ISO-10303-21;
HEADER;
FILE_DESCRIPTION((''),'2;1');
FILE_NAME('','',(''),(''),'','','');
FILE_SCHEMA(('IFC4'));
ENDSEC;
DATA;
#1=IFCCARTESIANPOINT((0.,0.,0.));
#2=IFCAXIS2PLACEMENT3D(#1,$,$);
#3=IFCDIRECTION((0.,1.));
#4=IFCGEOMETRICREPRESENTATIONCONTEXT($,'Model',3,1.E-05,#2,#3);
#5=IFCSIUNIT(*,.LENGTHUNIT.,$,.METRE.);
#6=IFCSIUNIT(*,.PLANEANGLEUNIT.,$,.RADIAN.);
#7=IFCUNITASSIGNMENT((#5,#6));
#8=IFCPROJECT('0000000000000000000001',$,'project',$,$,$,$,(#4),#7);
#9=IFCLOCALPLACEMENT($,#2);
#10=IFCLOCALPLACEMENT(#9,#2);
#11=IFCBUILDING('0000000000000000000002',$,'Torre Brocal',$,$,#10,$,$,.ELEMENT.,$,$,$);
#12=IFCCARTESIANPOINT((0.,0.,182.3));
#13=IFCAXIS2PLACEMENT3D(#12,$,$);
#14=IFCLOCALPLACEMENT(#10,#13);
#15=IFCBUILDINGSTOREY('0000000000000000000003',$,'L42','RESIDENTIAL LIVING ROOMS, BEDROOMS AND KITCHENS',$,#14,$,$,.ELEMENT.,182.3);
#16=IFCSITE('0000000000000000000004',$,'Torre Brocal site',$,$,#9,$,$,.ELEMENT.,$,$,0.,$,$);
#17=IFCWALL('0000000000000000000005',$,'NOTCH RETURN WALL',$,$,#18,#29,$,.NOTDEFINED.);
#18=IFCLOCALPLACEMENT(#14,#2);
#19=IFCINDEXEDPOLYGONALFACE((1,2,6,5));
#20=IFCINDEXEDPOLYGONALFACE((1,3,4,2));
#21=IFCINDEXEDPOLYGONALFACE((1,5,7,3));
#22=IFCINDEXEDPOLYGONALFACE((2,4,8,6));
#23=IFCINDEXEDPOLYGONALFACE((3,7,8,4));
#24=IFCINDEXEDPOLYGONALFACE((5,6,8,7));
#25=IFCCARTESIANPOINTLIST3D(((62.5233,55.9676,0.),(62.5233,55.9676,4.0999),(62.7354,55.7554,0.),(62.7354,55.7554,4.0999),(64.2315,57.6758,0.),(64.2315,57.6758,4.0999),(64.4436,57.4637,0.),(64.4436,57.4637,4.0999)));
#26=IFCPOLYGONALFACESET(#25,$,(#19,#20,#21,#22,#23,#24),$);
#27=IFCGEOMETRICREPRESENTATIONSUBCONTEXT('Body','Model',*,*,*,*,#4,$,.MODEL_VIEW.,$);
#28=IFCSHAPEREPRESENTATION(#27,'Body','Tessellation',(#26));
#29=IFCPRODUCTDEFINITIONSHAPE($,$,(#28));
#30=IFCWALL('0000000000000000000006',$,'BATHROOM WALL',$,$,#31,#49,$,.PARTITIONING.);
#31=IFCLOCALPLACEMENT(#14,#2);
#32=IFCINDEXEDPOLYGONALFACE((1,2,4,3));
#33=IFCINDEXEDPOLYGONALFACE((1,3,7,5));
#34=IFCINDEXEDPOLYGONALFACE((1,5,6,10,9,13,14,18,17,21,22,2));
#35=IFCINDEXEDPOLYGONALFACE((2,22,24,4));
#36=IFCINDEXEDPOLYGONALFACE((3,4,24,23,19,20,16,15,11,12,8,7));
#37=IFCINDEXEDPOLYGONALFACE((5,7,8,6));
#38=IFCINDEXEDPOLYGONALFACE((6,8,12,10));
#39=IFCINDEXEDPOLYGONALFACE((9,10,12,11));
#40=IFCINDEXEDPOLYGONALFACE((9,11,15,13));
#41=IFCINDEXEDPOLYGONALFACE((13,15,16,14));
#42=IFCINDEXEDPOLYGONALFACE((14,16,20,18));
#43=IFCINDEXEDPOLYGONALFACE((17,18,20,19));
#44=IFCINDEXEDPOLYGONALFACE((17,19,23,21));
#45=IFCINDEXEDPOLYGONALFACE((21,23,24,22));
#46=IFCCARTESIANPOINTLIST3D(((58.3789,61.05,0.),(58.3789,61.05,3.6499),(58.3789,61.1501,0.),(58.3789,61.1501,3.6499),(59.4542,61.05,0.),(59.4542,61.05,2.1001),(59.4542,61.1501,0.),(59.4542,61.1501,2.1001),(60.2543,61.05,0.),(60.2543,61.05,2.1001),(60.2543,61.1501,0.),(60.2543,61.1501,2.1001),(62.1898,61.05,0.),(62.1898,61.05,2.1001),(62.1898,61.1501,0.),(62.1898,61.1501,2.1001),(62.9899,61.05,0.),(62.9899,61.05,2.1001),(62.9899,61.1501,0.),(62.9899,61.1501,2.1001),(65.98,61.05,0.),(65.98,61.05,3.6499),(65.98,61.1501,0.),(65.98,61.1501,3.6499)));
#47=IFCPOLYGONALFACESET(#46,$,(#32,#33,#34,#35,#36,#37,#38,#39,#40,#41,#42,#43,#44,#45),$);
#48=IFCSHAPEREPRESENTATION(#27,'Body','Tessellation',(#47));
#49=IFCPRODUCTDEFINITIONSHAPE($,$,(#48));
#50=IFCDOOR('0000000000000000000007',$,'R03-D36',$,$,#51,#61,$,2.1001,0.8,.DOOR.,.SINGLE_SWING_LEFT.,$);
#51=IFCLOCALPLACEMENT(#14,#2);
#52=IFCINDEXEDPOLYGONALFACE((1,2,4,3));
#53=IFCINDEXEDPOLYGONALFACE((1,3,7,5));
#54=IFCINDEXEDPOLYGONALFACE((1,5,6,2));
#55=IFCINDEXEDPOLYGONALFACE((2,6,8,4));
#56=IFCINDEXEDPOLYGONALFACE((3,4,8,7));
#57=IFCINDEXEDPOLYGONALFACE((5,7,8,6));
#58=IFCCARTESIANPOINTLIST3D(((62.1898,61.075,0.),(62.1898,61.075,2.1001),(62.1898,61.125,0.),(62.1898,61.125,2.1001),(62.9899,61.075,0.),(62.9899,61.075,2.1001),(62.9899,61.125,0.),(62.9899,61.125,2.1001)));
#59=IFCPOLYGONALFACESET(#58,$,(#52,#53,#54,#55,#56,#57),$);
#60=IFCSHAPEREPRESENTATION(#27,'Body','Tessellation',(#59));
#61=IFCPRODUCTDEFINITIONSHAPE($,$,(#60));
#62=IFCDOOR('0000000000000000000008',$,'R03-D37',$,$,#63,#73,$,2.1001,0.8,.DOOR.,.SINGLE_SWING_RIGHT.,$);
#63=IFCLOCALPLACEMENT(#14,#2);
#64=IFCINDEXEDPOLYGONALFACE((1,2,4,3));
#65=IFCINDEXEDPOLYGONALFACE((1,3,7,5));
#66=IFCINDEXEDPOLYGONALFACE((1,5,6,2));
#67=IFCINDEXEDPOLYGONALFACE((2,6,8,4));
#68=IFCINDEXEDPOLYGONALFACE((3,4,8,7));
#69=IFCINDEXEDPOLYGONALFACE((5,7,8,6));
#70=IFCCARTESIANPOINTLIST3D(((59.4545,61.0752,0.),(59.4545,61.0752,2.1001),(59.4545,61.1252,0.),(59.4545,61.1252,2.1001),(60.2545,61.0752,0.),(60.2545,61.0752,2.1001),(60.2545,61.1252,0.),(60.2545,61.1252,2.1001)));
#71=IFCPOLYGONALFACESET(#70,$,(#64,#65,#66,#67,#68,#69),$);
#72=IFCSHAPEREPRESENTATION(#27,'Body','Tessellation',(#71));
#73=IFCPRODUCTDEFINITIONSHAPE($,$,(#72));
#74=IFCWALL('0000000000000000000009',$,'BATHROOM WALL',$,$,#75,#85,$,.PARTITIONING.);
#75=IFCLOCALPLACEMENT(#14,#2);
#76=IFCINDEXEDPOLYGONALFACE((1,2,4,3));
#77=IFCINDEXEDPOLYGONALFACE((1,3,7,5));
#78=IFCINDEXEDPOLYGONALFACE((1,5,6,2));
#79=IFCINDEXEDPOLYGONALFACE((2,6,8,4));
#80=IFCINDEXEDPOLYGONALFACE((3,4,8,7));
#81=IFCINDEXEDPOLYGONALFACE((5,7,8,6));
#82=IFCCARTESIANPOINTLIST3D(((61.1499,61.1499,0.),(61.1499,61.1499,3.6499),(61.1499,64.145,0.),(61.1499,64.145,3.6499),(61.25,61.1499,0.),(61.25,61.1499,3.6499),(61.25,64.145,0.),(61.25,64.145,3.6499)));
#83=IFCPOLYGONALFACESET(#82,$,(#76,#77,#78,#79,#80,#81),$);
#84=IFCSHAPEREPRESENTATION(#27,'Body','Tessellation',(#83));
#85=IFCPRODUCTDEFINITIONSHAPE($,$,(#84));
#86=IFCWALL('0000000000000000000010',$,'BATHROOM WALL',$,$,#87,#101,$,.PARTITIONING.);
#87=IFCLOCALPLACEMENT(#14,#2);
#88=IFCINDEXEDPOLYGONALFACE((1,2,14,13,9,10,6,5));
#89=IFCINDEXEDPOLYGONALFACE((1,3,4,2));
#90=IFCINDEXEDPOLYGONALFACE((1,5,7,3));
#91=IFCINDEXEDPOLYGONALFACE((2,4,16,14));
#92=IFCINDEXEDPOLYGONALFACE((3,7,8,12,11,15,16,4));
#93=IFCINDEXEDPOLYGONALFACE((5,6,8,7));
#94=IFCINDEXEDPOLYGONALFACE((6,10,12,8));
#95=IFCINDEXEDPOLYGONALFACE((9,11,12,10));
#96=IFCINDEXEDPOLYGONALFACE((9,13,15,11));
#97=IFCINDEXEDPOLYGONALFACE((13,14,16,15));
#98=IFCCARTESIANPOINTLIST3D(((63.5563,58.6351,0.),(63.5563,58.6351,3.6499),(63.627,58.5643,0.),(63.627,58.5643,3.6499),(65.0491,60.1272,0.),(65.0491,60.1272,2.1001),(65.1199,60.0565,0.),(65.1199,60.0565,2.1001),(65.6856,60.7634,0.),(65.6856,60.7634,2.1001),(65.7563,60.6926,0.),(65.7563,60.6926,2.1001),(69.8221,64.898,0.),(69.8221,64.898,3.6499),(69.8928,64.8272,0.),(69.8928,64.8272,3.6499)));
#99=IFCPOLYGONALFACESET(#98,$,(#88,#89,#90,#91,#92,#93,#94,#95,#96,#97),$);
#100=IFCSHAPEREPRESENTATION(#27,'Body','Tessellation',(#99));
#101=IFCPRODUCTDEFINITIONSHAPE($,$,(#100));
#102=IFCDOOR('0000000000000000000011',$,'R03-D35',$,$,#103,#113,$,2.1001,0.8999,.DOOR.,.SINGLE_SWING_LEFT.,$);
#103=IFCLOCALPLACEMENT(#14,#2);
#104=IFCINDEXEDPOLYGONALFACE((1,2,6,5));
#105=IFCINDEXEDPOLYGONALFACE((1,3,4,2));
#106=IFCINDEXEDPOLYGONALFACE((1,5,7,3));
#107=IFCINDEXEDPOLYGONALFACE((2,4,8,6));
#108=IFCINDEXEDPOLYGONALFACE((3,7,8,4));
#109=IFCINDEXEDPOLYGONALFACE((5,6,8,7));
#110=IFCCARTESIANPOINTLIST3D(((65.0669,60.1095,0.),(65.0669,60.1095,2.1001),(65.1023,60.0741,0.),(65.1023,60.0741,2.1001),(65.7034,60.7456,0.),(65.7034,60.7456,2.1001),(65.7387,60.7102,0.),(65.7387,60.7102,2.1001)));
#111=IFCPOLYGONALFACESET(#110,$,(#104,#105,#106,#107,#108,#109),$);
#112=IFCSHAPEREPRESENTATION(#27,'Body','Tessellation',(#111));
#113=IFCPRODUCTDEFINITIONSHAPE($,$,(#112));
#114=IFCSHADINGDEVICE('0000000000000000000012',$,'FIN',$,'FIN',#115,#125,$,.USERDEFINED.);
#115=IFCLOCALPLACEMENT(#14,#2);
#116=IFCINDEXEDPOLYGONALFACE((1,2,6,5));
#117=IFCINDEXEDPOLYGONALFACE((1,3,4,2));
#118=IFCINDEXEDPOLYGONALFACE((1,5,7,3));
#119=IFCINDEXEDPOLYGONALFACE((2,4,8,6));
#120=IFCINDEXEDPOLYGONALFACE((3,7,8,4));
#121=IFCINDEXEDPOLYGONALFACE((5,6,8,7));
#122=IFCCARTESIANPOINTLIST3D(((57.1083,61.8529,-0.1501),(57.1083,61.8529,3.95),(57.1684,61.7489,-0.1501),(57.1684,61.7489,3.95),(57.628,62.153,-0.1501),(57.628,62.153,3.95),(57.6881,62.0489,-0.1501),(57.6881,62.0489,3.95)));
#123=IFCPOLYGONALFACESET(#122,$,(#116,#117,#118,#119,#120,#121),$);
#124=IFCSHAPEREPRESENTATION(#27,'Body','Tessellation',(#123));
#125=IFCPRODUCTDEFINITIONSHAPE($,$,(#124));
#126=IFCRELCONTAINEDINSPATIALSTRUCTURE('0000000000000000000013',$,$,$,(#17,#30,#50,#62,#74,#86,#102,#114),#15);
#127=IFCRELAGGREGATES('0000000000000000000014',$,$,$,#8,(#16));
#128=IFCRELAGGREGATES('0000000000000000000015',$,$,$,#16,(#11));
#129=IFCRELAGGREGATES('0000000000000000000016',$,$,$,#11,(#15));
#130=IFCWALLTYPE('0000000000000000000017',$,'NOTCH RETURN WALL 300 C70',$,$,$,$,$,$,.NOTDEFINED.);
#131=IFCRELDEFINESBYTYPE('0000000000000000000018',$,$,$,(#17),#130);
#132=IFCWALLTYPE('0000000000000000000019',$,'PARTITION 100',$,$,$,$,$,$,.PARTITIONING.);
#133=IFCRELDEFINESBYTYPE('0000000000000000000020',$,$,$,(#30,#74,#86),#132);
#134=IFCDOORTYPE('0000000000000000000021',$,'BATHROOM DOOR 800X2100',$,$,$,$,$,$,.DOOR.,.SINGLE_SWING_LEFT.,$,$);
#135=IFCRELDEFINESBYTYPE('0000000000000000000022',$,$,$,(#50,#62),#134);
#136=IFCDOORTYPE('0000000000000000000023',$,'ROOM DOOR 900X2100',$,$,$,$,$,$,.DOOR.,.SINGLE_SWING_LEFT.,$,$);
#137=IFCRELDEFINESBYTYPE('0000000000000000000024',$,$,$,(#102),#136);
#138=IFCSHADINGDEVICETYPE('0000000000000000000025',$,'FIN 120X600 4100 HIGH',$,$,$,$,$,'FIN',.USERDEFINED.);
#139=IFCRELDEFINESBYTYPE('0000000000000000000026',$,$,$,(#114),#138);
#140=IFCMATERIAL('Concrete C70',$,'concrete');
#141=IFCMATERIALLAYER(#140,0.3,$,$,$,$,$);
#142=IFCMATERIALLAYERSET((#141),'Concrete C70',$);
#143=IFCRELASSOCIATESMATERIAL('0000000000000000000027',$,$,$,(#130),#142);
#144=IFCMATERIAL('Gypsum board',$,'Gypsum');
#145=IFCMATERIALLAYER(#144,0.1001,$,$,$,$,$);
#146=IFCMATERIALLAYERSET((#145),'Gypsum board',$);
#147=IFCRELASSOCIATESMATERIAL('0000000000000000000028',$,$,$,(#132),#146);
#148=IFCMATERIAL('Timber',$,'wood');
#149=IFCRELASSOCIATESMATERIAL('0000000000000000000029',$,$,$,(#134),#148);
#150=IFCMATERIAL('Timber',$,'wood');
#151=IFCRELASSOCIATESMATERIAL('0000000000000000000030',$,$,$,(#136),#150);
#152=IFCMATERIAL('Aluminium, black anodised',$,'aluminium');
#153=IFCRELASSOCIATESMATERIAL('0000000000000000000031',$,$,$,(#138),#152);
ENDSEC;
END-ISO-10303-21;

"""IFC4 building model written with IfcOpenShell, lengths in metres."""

from ifc_helpers import new_model, si_unit, direction, frame, frame_2d, origin, origin_2d, place, context, subcontext, project, spatial, rectangle, extrude, material, layer, layer_set, material_profile, profile_set, type_object, element, fill, save


model = new_model("IFC4")

# Units and contexts
model_context = context("Model", 3, precision=1e-05, world=origin(), true_north=direction((0.0, 1.0)))
body_context = subcontext(model_context, "Body", "Model", "MODEL_VIEW")
ifc_project = project(units=[si_unit("LENGTHUNIT", "METRE"), si_unit("PLANEANGLEUNIT", "RADIAN")], contexts=[model_context])

# Site, building, storey
site_placement = place(None, origin())
site = spatial("IfcSite", under=ifc_project, at=site_placement, Name="Torre Brocal site", CompositionType="ELEMENT", RefElevation=0.0)
building_placement = place(site_placement, origin())
building = spatial("IfcBuilding", under=site, at=building_placement, Name="Torre Brocal", CompositionType="ELEMENT")
storey_placement = place(building_placement, frame((0.0, 0.0, 182.3)))
storey = spatial("IfcBuildingStorey", under=building, at=storey_placement, Name="L42", Description="RESIDENTIAL LIVING ROOMS, BEDROOMS AND KITCHENS", CompositionType="ELEMENT", Elevation=182.3)

# Wall
ifc_material_1 = material(Name="Concrete C70", Category="concrete")
ifc_layer_1 = layer(ifc_material_1, 0.3)
ifc_layer_set_1 = layer_set([ifc_layer_1], Name="Concrete C70")
wall_type_1 = type_object("IfcWallType", Name="NOTCH RETURN WALL 300 C70", PredefinedType="NOTDEFINED", material=ifc_layer_set_1)
for number, where, z_axis, x_axis, name in (
    (1, (64.3376, 57.5698, 0.0), (0.0, 0.0, 1.0), (-0.707107, -0.707107, 0.0), "NOTCH RETURN WALL"),
):
    element("IfcWall", number, at=place(storey_placement, frame(where, z_axis=z_axis, x_axis=x_axis)), inside=storey, type_object=wall_type_1, Name=name, PredefinedType="NOTDEFINED", context=body_context, shape_type="SweptSolid", body=[
        extrude(rectangle(XDim=2.4158, YDim=0.3, at=frame_2d((1.208, 0.0))), origin(), (0.0, 0.0, 1.0), 4.0999),
    ])

# Wall, openings, doors
ifc_material_2 = material(Name="Gypsum board", Category="Gypsum")
ifc_layer_2 = layer(ifc_material_2, 0.1001)
ifc_layer_set_2 = layer_set([ifc_layer_2], Name="Gypsum board")
wall_type_2 = type_object("IfcWallType", Name="PARTITION 100", PredefinedType="PARTITIONING", material=ifc_layer_set_2)
wall_1_placement = place(storey_placement, frame((58.3789, 61.1001, 0.0), z_axis=(0.0, 0.0, 1.0), x_axis=(1.0, 0.0, 0.0)))
wall_1 = element("IfcWall", 2, at=wall_1_placement, inside=storey, type_object=wall_type_2, Name="BATHROOM WALL", PredefinedType="PARTITIONING", context=body_context, shape_type="SweptSolid", body=[
    extrude(rectangle(XDim=7.6011, YDim=0.1001, at=frame_2d((3.8005, 0.0))), origin(), (0.0, 0.0, 1.0), 3.6499),
])
opening_1_placement = place(wall_1_placement, frame((3.811, 0.0, 0.0)))
opening_1 = element("IfcOpeningElement", 3, at=opening_1_placement, cuts=wall_1, PredefinedType="OPENING", context=body_context, shape_type="SweptSolid", body=[
    extrude(rectangle(XDim=0.8, YDim=2.1001, at=frame_2d((0.3999, 1.05))), frame((0.0, 0.0601, 0.0), z_axis=(0.0, -1.0, 0.0), x_axis=(1.0, 0.0, 0.0)), (0.0, 0.0, 1.0), 0.1201),
])
opening_2_placement = place(wall_1_placement, frame((1.0754, 0.0, 0.0)))
opening_2 = element("IfcOpeningElement", 4, at=opening_2_placement, cuts=wall_1, PredefinedType="OPENING", context=body_context, shape_type="SweptSolid", body=[
    extrude(rectangle(XDim=0.8, YDim=2.1001, at=frame_2d((0.3999, 1.05))), frame((0.0, 0.0601, 0.0), z_axis=(0.0, -1.0, 0.0), x_axis=(1.0, 0.0, 0.0)), (0.0, 0.0, 1.0), 0.1201),
])
ifc_material_3 = material(Name="Timber", Category="wood")
door_type_1 = type_object("IfcDoorType", Name="BATHROOM DOOR 800X2100", OperationType="SINGLE_SWING_LEFT", PredefinedType="DOOR", material=ifc_material_3)
door_1_placement = place(opening_1_placement, origin())
door_1 = element("IfcDoor", 5, at=door_1_placement, inside=storey, type_object=door_type_1, Name="R03-D36", OperationType="SINGLE_SWING_LEFT", OverallHeight=2.1001, OverallWidth=0.8, PredefinedType="DOOR", context=body_context, shape_type="SweptSolid", body=[
    extrude(rectangle(XDim=0.8, YDim=2.1001, at=frame_2d((0.3999, 1.05))), frame((0.0, 0.0249, 0.0), z_axis=(0.0, -1.0, 0.0), x_axis=(1.0, 0.0, 0.0)), (0.0, 0.0, 1.0), 0.05),
])
fill(opening_1, door_1)
door_2_placement = place(opening_2_placement, frame((0.8, 0.0, 0.0), z_axis=(0.0, 0.0, 1.0), x_axis=(-1.0, 0.0, 0.0)))
door_2 = element("IfcDoor", 6, at=door_2_placement, inside=storey, type_object=door_type_1, Name="R03-D37", OperationType="SINGLE_SWING_RIGHT", OverallHeight=2.1001, OverallWidth=0.8, PredefinedType="DOOR", context=body_context, shape_type="SweptSolid", body=[
    extrude(rectangle(XDim=0.8, YDim=2.1001, at=frame_2d((0.3999, 1.05))), frame((0.0, 0.0249, 0.0), z_axis=(0.0, -1.0, 0.0), x_axis=(1.0, 0.0, 0.0)), (0.0, 0.0, 1.0), 0.05),
])
fill(opening_2, door_2)

# Wall
wall_2_placement = place(storey_placement, frame((61.2, 61.1499, 0.0), z_axis=(0.0, 0.0, 1.0), x_axis=(0.0, 1.0, 0.0)))
element("IfcWall", 7, at=wall_2_placement, inside=storey, type_object=wall_type_2, Name="BATHROOM WALL", PredefinedType="PARTITIONING", context=body_context, shape_type="SweptSolid", body=[
    extrude(rectangle(XDim=2.9951, YDim=0.1001, at=frame_2d((1.4976, 0.0))), origin(), (0.0, 0.0, 1.0), 3.6499),
])

# Wall, opening, door
wall_3_placement = place(storey_placement, frame((63.5916, 58.5996, 0.0), z_axis=(0.0, 0.0, 1.0), x_axis=(0.707272, 0.706941, 0.0)))
wall_3 = element("IfcWall", 8, at=wall_3_placement, inside=storey, type_object=wall_type_2, Name="BATHROOM WALL", PredefinedType="PARTITIONING", context=body_context, shape_type="SweptSolid", body=[
    extrude(rectangle(XDim=8.8591, YDim=0.1001, at=frame_2d((4.4297, 0.0))), origin(), (0.0, 0.0, 1.0), 3.6499),
])
opening_3_placement = place(wall_3_placement, frame((2.1108, 0.0, 0.0)))
opening_3 = element("IfcOpeningElement", 9, at=opening_3_placement, cuts=wall_3, PredefinedType="OPENING", context=body_context, shape_type="SweptSolid", body=[
    extrude(rectangle(XDim=0.8999, YDim=2.1001, at=frame_2d((0.45, 1.05))), frame((0.0, 0.0601, 0.0), z_axis=(0.0, -1.0, 0.0), x_axis=(1.0, 0.0, 0.0)), (0.0, 0.0, 1.0), 0.1201),
])
ifc_material_4 = material(Name="Timber", Category="wood")
door_type_2 = type_object("IfcDoorType", Name="ROOM DOOR 900X2100", OperationType="SINGLE_SWING_LEFT", PredefinedType="DOOR", material=ifc_material_4)
door_3_placement = place(opening_3_placement, origin())
door_3 = element("IfcDoor", 10, at=door_3_placement, inside=storey, type_object=door_type_2, Name="R03-D35", OperationType="SINGLE_SWING_LEFT", OverallHeight=2.1001, OverallWidth=0.8999, PredefinedType="DOOR", context=body_context, shape_type="SweptSolid", body=[
    extrude(rectangle(XDim=0.8999, YDim=2.1001, at=frame_2d((0.45, 1.05))), frame((0.0, 0.0249, 0.0), z_axis=(0.0, -1.0, 0.0), x_axis=(1.0, 0.0, 0.0)), (0.0, 0.0, 1.0), 0.05),
])
fill(opening_3, door_3)

# Shading device
ifc_material_5 = material(Name="Aluminium, black anodised", Category="aluminium")
ifc_material_profile_1 = material_profile(ifc_material_5, rectangle(XDim=0.1201, YDim=0.6001, at=origin_2d()), Name="FIN 120X600 4100 HIGH")
ifc_profile_set_1 = profile_set([ifc_material_profile_1], Name="Aluminium, black anodised")
shading_device_type = type_object("IfcShadingDeviceType", Name="FIN 120X600 4100 HIGH", ElementType="FIN", PredefinedType="USERDEFINED", material=ifc_profile_set_1)
shading_device_placement = place(storey_placement, frame((57.3982, 61.9509, -0.1501), z_axis=(0.0, 0.0, 1.0), x_axis=(0.5, -0.866025, 0.0)))
element("IfcShadingDevice", 11, at=shading_device_placement, inside=storey, type_object=shading_device_type, Name="FIN", ObjectType="FIN", PredefinedType="USERDEFINED", context=body_context, shape_type="SweptSolid", body=[
    extrude(rectangle(XDim=0.1201, YDim=0.6001, at=origin_2d()), origin(), (0.0, 0.0, 1.0), 4.1001),
])

save(model, "model.ifc")
